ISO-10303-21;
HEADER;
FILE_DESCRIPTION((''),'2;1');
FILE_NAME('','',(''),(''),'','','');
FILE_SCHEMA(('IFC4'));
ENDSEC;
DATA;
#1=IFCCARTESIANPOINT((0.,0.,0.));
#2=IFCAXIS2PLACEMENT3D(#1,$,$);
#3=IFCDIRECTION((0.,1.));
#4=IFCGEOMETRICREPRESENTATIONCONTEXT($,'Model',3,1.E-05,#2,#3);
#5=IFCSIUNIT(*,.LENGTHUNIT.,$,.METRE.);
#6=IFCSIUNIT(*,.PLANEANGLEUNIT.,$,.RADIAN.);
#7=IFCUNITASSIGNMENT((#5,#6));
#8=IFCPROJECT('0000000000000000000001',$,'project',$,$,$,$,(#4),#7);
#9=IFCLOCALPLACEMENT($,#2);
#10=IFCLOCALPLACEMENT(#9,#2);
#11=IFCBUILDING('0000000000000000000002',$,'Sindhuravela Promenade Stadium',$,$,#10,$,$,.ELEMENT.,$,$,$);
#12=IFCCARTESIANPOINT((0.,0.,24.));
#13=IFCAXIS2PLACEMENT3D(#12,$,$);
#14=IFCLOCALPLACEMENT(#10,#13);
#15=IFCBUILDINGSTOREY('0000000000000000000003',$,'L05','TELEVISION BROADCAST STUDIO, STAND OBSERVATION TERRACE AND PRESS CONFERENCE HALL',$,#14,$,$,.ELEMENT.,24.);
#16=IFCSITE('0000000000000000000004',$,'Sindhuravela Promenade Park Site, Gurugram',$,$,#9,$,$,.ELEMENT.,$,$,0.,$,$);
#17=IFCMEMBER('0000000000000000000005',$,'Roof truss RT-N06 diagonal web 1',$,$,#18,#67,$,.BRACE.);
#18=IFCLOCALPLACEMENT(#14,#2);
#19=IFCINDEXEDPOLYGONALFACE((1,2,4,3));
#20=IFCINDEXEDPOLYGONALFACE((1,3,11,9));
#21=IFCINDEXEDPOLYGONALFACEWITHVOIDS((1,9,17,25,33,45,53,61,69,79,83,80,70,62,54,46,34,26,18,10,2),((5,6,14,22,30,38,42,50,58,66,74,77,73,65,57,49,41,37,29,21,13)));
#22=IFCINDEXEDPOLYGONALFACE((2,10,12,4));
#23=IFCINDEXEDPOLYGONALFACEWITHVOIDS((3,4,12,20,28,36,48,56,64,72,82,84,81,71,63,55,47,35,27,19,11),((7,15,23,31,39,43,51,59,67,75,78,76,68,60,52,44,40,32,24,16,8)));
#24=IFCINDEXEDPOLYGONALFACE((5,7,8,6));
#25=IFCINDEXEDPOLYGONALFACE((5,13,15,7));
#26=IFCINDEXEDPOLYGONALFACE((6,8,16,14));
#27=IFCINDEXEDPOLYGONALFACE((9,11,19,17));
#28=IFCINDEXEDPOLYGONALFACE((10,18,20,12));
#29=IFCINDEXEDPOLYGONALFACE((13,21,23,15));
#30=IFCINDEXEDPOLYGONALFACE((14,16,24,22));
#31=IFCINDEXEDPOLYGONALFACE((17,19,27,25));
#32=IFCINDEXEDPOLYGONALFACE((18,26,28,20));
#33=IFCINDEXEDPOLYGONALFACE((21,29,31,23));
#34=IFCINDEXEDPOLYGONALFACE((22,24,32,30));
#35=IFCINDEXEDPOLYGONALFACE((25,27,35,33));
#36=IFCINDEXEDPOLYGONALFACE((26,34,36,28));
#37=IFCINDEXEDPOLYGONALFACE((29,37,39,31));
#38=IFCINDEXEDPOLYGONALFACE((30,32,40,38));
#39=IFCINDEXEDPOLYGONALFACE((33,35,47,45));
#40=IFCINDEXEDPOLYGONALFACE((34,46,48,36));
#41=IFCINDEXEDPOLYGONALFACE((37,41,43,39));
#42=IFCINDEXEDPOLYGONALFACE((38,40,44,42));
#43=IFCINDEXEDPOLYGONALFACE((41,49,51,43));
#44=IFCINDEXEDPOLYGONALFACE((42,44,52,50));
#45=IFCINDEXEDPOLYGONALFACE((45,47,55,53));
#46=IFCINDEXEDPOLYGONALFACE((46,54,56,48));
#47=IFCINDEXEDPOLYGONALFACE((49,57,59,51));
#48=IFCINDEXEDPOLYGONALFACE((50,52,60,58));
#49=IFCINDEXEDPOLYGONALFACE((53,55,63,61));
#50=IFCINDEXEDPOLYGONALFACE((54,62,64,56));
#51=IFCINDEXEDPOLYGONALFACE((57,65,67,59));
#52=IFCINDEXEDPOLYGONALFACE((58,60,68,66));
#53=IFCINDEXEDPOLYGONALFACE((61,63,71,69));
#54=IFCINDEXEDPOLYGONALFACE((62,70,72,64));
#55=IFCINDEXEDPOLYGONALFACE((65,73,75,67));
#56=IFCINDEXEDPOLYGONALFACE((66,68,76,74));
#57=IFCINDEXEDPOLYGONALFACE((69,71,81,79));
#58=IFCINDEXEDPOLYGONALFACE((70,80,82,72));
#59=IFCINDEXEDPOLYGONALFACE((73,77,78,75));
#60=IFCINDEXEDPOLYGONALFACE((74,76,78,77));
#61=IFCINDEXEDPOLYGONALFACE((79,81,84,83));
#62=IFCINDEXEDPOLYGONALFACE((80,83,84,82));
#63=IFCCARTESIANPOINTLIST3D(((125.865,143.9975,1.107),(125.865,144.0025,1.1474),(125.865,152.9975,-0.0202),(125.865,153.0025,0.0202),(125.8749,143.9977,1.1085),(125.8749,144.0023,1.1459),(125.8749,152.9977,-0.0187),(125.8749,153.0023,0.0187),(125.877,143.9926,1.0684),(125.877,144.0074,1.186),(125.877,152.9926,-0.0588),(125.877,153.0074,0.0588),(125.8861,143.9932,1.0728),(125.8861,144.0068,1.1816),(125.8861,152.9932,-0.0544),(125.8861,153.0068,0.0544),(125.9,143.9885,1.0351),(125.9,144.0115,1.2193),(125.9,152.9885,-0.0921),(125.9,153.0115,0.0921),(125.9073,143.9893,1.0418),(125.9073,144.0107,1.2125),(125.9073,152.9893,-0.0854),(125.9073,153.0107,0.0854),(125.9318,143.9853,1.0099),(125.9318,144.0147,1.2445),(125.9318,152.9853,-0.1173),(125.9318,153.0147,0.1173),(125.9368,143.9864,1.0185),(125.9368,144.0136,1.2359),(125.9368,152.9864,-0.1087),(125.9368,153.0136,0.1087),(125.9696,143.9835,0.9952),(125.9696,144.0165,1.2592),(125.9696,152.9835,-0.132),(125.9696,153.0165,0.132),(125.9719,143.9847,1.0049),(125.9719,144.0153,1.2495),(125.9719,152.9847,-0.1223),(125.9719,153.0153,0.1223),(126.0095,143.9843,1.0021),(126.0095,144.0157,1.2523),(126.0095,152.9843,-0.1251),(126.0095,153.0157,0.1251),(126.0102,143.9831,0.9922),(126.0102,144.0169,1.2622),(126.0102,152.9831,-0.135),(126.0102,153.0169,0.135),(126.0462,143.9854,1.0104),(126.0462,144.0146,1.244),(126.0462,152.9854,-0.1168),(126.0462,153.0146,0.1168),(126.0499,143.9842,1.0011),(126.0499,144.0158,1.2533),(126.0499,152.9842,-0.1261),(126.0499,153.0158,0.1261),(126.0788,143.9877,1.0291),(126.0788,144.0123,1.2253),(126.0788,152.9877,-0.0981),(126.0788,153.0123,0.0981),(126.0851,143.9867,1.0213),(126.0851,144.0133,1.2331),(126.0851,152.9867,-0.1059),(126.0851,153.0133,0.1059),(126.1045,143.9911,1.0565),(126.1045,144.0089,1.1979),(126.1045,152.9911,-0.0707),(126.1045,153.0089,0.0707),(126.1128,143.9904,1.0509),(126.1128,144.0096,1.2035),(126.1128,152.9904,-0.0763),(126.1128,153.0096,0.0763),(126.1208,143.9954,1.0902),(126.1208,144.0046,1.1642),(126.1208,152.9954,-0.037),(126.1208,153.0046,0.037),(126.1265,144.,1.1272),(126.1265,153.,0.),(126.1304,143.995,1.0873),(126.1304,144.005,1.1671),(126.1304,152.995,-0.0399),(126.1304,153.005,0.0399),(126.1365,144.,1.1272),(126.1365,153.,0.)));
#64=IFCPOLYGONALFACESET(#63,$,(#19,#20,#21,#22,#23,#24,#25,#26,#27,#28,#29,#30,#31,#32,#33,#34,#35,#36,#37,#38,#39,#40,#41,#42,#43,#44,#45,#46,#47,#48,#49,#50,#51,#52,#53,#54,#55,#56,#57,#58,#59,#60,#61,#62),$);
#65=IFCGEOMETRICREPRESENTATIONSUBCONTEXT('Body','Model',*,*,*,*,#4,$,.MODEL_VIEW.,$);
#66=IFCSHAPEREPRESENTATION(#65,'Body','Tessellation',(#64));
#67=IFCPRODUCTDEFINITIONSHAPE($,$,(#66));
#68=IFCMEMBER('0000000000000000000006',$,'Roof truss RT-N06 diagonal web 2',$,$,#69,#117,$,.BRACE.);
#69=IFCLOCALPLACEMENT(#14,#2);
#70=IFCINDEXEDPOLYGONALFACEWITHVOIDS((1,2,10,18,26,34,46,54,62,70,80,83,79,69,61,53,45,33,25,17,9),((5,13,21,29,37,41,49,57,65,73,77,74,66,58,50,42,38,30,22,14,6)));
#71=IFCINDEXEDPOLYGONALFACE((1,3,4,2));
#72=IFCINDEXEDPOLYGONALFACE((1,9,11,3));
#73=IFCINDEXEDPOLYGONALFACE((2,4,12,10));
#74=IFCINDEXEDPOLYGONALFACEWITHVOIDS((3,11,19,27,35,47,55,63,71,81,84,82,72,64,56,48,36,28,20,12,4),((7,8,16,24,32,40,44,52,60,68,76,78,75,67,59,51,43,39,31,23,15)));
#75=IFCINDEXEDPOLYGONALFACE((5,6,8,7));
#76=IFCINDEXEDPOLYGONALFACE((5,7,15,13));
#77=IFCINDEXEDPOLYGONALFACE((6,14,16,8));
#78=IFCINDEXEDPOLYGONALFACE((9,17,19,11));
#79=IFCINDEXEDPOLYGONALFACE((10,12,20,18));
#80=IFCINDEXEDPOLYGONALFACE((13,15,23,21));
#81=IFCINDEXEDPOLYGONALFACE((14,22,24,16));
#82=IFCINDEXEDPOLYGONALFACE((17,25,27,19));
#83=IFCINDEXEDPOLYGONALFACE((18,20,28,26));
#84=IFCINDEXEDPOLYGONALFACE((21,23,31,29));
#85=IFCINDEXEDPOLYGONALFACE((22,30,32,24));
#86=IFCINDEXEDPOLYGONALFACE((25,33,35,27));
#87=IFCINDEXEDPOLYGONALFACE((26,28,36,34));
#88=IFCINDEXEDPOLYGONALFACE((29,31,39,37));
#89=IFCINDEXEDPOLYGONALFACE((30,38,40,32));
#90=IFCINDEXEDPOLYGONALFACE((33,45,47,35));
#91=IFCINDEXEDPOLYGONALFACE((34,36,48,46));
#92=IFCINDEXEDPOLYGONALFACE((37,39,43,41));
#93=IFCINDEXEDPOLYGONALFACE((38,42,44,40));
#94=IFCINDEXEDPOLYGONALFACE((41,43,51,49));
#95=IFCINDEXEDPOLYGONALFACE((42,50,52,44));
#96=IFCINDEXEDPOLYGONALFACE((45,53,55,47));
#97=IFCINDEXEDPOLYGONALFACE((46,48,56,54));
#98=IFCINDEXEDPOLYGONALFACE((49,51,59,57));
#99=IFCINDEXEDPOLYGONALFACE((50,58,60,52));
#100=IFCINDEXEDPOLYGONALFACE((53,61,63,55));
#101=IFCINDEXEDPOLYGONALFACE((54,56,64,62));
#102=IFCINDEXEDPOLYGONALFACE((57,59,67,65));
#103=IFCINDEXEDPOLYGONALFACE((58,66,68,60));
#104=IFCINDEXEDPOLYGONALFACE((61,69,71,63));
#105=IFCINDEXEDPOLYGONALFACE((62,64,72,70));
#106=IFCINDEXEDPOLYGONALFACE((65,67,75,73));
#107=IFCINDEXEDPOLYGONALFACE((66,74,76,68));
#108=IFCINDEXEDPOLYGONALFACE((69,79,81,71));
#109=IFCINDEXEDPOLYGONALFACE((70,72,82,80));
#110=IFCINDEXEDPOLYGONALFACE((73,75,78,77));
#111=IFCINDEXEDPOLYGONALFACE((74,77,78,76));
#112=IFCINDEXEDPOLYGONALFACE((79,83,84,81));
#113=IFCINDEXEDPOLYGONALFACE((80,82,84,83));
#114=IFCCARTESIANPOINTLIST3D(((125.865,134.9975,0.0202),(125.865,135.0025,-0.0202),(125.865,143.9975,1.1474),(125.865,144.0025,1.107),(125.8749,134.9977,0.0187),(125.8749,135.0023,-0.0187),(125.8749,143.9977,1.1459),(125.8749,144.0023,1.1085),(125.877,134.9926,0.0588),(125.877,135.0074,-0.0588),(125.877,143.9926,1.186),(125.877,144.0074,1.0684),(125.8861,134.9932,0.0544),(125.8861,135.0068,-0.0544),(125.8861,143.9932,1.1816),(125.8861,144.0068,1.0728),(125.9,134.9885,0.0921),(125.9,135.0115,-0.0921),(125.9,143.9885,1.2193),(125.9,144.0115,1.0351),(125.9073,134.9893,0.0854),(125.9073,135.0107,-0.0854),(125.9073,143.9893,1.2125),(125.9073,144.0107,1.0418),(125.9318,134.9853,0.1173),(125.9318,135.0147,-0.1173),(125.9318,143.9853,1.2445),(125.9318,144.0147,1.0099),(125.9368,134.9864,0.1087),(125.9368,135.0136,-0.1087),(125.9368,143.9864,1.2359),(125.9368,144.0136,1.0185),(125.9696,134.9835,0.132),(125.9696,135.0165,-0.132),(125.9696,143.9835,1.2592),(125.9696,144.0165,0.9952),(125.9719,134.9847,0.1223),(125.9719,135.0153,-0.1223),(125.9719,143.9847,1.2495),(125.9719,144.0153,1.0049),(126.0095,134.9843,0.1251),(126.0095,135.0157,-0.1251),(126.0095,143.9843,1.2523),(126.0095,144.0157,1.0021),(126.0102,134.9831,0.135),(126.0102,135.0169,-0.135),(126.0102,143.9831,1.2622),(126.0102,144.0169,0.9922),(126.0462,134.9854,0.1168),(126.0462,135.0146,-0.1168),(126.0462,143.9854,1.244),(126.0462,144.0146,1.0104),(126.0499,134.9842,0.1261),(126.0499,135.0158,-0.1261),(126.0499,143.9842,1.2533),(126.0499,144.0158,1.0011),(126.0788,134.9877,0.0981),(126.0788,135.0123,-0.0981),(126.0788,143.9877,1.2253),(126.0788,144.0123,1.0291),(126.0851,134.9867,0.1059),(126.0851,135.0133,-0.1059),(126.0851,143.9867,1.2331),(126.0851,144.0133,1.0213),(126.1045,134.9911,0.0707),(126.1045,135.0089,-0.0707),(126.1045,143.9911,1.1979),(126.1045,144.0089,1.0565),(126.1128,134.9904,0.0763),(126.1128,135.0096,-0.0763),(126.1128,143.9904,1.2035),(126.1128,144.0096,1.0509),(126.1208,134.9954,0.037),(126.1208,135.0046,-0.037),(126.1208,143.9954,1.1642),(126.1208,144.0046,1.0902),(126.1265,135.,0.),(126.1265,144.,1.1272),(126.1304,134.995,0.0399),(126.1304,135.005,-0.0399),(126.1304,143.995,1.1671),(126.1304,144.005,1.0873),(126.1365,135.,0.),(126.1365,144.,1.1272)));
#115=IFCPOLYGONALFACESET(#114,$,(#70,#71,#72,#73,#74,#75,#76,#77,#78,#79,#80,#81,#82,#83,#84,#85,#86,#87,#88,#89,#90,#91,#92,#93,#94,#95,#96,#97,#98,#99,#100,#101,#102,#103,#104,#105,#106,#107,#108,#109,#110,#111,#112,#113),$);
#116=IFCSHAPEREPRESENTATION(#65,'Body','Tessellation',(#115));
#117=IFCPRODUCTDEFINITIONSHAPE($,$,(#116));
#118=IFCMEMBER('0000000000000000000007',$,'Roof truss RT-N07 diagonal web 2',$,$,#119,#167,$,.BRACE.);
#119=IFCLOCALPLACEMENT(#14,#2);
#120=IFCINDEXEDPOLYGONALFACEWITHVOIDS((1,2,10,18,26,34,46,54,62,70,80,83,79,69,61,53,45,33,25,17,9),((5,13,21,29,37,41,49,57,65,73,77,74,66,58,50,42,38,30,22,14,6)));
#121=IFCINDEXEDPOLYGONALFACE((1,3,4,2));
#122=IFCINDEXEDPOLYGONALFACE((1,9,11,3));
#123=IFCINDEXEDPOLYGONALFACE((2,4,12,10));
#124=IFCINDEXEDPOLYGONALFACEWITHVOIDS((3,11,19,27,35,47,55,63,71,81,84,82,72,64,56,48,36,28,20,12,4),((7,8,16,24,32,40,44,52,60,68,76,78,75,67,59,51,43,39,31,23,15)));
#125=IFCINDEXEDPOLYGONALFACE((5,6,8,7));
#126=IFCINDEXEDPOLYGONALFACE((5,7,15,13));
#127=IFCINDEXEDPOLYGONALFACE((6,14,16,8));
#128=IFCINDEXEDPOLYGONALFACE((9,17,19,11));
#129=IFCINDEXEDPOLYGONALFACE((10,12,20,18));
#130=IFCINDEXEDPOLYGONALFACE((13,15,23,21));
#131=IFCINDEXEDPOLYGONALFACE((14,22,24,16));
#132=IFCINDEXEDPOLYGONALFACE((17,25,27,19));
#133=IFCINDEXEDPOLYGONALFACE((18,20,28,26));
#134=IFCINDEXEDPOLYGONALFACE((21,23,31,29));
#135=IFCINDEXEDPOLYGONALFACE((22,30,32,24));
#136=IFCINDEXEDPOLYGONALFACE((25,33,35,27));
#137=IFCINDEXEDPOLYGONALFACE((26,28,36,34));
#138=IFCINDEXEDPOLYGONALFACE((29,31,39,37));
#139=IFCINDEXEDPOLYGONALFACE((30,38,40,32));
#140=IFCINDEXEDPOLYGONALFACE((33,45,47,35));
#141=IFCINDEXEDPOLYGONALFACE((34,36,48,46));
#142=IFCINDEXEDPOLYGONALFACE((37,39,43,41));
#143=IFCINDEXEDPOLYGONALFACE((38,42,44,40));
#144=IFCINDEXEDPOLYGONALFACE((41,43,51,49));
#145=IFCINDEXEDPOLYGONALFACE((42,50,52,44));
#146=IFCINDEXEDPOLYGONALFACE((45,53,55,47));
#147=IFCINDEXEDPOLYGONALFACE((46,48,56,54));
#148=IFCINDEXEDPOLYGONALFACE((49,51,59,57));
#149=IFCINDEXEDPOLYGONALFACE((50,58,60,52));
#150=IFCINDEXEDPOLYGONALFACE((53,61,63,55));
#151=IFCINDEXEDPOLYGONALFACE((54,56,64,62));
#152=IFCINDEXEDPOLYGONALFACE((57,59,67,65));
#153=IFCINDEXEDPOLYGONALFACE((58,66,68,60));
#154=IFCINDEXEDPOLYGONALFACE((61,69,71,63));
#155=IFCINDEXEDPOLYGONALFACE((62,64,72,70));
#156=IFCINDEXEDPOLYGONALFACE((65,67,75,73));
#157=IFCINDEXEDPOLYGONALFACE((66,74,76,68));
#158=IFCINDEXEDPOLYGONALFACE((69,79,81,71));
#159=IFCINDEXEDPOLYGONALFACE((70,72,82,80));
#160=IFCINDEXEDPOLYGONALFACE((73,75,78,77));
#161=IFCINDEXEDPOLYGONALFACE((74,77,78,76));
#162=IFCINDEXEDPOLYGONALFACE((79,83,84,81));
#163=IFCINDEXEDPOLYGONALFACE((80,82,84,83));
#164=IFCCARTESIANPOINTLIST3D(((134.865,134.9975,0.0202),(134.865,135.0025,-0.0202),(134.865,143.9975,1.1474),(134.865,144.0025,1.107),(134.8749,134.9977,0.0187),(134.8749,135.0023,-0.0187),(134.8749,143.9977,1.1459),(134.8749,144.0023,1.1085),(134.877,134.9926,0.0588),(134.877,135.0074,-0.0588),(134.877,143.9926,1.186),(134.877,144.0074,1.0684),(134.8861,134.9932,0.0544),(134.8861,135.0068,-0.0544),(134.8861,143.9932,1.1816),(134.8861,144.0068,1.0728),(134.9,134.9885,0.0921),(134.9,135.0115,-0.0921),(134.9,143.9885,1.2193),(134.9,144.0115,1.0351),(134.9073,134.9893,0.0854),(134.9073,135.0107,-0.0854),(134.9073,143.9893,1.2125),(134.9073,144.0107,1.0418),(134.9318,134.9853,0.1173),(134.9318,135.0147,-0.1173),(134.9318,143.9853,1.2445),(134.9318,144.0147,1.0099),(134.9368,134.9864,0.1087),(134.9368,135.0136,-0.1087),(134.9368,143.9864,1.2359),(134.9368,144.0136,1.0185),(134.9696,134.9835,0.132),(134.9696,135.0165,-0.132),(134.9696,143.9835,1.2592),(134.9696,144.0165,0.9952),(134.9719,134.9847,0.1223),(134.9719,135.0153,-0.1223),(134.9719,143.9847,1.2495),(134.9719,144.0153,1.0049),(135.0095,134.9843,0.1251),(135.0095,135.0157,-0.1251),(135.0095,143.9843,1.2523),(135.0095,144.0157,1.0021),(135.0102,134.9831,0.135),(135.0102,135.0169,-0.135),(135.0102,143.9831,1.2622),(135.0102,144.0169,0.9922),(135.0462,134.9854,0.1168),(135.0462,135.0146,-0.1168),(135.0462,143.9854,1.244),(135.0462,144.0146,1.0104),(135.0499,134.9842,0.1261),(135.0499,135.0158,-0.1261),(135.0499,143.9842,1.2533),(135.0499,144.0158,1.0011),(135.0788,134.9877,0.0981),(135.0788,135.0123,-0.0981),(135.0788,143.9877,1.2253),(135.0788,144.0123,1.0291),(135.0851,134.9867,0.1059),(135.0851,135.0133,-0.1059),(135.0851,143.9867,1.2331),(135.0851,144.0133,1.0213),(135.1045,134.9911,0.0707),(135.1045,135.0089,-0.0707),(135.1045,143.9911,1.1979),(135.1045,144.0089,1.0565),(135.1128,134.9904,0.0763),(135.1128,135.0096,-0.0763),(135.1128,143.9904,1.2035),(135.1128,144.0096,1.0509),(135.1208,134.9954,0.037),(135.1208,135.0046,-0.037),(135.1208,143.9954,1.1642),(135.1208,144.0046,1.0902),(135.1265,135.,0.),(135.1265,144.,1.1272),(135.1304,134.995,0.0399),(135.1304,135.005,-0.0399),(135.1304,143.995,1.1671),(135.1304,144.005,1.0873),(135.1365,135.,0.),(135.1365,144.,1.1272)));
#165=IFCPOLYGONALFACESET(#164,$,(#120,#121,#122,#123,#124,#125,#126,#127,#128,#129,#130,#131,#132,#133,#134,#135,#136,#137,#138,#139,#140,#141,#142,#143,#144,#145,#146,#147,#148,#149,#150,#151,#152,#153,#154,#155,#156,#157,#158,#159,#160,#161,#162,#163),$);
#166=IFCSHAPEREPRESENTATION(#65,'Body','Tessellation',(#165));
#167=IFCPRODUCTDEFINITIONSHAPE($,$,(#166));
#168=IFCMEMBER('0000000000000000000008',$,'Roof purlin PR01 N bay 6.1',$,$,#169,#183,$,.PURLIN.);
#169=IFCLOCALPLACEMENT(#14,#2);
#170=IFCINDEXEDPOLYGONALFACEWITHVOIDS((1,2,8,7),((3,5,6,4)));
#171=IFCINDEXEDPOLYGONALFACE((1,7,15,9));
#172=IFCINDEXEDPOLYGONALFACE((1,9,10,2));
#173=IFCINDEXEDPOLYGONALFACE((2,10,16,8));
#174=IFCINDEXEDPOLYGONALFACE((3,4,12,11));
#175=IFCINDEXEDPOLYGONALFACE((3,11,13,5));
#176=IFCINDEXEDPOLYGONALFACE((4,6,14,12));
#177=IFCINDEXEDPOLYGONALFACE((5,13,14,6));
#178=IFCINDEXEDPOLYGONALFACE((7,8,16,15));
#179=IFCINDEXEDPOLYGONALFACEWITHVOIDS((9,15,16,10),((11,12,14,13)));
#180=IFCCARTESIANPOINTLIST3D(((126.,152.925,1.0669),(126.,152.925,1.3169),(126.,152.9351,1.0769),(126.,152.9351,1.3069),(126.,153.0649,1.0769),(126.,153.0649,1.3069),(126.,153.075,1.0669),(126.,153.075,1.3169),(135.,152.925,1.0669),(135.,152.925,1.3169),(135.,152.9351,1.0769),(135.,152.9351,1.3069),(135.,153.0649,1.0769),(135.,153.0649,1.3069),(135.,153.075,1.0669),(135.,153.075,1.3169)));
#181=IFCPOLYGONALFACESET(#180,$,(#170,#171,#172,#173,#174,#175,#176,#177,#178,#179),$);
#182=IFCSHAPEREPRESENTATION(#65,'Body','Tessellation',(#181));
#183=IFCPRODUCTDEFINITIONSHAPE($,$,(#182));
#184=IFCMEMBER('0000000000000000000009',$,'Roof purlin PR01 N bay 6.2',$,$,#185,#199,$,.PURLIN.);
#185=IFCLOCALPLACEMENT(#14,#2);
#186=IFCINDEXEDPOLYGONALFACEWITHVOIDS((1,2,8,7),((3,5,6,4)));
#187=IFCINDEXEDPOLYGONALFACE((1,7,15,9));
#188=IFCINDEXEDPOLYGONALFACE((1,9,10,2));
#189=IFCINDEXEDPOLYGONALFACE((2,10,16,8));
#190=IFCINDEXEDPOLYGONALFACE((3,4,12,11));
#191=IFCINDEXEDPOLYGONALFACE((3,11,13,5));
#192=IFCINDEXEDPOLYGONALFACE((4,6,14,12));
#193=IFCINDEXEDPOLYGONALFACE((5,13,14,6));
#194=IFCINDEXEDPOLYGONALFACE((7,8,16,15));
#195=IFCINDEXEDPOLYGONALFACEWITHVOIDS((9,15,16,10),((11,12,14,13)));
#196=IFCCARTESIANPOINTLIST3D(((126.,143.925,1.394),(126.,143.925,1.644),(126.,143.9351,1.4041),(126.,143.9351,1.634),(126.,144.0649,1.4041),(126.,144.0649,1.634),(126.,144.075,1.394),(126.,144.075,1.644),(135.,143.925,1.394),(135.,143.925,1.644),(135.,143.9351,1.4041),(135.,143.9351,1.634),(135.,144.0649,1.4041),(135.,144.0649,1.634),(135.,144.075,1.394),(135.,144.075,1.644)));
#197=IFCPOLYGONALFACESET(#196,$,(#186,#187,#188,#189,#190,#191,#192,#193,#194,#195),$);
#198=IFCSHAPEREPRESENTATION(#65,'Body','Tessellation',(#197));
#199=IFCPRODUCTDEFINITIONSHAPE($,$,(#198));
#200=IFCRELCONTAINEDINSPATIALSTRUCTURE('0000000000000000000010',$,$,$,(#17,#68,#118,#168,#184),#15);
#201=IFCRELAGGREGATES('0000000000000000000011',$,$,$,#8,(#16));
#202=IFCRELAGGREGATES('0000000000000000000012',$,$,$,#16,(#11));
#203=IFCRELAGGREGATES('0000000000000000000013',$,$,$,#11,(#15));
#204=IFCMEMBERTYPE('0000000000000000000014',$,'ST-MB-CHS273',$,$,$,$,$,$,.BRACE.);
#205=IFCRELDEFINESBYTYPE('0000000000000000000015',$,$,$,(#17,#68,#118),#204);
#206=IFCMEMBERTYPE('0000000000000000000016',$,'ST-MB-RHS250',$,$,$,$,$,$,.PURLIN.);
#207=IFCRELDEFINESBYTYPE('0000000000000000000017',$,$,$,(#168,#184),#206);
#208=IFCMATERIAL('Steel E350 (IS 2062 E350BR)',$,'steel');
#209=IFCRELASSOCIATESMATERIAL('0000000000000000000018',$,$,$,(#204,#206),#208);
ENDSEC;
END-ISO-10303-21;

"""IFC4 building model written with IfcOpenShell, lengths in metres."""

from ifc_helpers import new_model, si_unit, direction, frame, origin, origin_2d, place, context, subcontext, project, spatial, hollow_rectangle, hollow_circle, extrude, material, material_profile, profile_set, type_object, element, save


model = new_model("IFC4")

# Units and contexts
model_context = context("Model", 3, precision=1e-05, world=origin(), true_north=direction((0.0, 1.0)))
body_context = subcontext(model_context, "Body", "Model", "MODEL_VIEW")
ifc_project = project(units=[si_unit("LENGTHUNIT", "METRE"), si_unit("PLANEANGLEUNIT", "RADIAN")], contexts=[model_context])

# Site, building, storey
site_placement = place(None, origin())
site = spatial("IfcSite", under=ifc_project, at=site_placement, Name="Sindhuravela Promenade Park Site, Gurugram", CompositionType="ELEMENT", RefElevation=0.0)
building_placement = place(site_placement, origin())
building = spatial("IfcBuilding", under=site, at=building_placement, Name="Sindhuravela Promenade Stadium", CompositionType="ELEMENT")
storey_placement = place(building_placement, frame((0.0, 0.0, 24.0)))
storey = spatial("IfcBuildingStorey", under=building, at=storey_placement, Name="L05", Description="TELEVISION BROADCAST STUDIO, STAND OBSERVATION TERRACE AND PRESS CONFERENCE HALL", CompositionType="ELEMENT", Elevation=24.0)

# Shared definitions
ifc_material_1 = material(Name="Steel E350 (IS 2062 E350BR)", Category="steel")

# Members
ifc_material_profile_1 = material_profile(ifc_material_1, hollow_circle(Radius=0.1365, WallThickness=0.01, at=origin_2d()), Name="CHS 273.0x10")
ifc_profile_set_1 = profile_set([ifc_material_profile_1], Name="Steel E350 (IS 2062 E350BR)")
member_type_1 = type_object("IfcMemberType", Name="ST-MB-CHS273", PredefinedType="BRACE", material=ifc_profile_set_1)
for number, where, z_axis, x_axis, name in (
    (1, (126.0, 153.0, 0.0), (0.0, -0.992248, 0.124273), (1.0, 0.0, 0.0), "Roof truss RT-N06 diagonal web 1"),
    (2, (126.0, 144.0, 1.1272), (0.0, -0.992248, -0.124273), (1.0, 0.0, 0.0), "Roof truss RT-N06 diagonal web 2"),
    (3, (135.0, 144.0, 1.1272), (0.0, -0.992248, -0.124273), (1.0, 0.0, 0.0), "Roof truss RT-N07 diagonal web 2"),
):
    element("IfcMember", number, at=place(storey_placement, frame(where, z_axis=z_axis, x_axis=x_axis)), inside=storey, type_object=member_type_1, Name=name, PredefinedType="BRACE", context=body_context, shape_type="SweptSolid", body=[
        extrude(hollow_circle(Radius=0.1365, WallThickness=0.01, at=origin_2d()), origin(), (0.0, 0.0, 1.0), 9.0703),
    ])
ifc_material_profile_2 = material_profile(ifc_material_1, hollow_rectangle(XDim=0.1499, YDim=0.25, WallThickness=0.01, at=origin_2d()), Name="RHS 250x150x10")
ifc_profile_set_2 = profile_set([ifc_material_profile_2], Name="Steel E350 (IS 2062 E350BR)")
member_type_2 = type_object("IfcMemberType", Name="ST-MB-RHS250", PredefinedType="PURLIN", material=ifc_profile_set_2)
for number, where, z_axis, x_axis, name in (
    (4, (126.0, 153.0, 1.1919), (1.0, 0.0, 0.0), (0.0, 1.0, 0.0), "Roof purlin PR01 N bay 6.1"),
    (5, (126.0, 144.0, 1.519), (1.0, 0.0, 0.0), (0.0, 1.0, 0.0), "Roof purlin PR01 N bay 6.2"),
):
    element("IfcMember", number, at=place(storey_placement, frame(where, z_axis=z_axis, x_axis=x_axis)), inside=storey, type_object=member_type_2, Name=name, PredefinedType="PURLIN", context=body_context, shape_type="SweptSolid", body=[
        extrude(hollow_rectangle(XDim=0.1499, YDim=0.25, WallThickness=0.01, at=origin_2d()), origin(), (0.0, 0.0, 1.0), 9.0),
    ])

save(model, "model.ifc")
